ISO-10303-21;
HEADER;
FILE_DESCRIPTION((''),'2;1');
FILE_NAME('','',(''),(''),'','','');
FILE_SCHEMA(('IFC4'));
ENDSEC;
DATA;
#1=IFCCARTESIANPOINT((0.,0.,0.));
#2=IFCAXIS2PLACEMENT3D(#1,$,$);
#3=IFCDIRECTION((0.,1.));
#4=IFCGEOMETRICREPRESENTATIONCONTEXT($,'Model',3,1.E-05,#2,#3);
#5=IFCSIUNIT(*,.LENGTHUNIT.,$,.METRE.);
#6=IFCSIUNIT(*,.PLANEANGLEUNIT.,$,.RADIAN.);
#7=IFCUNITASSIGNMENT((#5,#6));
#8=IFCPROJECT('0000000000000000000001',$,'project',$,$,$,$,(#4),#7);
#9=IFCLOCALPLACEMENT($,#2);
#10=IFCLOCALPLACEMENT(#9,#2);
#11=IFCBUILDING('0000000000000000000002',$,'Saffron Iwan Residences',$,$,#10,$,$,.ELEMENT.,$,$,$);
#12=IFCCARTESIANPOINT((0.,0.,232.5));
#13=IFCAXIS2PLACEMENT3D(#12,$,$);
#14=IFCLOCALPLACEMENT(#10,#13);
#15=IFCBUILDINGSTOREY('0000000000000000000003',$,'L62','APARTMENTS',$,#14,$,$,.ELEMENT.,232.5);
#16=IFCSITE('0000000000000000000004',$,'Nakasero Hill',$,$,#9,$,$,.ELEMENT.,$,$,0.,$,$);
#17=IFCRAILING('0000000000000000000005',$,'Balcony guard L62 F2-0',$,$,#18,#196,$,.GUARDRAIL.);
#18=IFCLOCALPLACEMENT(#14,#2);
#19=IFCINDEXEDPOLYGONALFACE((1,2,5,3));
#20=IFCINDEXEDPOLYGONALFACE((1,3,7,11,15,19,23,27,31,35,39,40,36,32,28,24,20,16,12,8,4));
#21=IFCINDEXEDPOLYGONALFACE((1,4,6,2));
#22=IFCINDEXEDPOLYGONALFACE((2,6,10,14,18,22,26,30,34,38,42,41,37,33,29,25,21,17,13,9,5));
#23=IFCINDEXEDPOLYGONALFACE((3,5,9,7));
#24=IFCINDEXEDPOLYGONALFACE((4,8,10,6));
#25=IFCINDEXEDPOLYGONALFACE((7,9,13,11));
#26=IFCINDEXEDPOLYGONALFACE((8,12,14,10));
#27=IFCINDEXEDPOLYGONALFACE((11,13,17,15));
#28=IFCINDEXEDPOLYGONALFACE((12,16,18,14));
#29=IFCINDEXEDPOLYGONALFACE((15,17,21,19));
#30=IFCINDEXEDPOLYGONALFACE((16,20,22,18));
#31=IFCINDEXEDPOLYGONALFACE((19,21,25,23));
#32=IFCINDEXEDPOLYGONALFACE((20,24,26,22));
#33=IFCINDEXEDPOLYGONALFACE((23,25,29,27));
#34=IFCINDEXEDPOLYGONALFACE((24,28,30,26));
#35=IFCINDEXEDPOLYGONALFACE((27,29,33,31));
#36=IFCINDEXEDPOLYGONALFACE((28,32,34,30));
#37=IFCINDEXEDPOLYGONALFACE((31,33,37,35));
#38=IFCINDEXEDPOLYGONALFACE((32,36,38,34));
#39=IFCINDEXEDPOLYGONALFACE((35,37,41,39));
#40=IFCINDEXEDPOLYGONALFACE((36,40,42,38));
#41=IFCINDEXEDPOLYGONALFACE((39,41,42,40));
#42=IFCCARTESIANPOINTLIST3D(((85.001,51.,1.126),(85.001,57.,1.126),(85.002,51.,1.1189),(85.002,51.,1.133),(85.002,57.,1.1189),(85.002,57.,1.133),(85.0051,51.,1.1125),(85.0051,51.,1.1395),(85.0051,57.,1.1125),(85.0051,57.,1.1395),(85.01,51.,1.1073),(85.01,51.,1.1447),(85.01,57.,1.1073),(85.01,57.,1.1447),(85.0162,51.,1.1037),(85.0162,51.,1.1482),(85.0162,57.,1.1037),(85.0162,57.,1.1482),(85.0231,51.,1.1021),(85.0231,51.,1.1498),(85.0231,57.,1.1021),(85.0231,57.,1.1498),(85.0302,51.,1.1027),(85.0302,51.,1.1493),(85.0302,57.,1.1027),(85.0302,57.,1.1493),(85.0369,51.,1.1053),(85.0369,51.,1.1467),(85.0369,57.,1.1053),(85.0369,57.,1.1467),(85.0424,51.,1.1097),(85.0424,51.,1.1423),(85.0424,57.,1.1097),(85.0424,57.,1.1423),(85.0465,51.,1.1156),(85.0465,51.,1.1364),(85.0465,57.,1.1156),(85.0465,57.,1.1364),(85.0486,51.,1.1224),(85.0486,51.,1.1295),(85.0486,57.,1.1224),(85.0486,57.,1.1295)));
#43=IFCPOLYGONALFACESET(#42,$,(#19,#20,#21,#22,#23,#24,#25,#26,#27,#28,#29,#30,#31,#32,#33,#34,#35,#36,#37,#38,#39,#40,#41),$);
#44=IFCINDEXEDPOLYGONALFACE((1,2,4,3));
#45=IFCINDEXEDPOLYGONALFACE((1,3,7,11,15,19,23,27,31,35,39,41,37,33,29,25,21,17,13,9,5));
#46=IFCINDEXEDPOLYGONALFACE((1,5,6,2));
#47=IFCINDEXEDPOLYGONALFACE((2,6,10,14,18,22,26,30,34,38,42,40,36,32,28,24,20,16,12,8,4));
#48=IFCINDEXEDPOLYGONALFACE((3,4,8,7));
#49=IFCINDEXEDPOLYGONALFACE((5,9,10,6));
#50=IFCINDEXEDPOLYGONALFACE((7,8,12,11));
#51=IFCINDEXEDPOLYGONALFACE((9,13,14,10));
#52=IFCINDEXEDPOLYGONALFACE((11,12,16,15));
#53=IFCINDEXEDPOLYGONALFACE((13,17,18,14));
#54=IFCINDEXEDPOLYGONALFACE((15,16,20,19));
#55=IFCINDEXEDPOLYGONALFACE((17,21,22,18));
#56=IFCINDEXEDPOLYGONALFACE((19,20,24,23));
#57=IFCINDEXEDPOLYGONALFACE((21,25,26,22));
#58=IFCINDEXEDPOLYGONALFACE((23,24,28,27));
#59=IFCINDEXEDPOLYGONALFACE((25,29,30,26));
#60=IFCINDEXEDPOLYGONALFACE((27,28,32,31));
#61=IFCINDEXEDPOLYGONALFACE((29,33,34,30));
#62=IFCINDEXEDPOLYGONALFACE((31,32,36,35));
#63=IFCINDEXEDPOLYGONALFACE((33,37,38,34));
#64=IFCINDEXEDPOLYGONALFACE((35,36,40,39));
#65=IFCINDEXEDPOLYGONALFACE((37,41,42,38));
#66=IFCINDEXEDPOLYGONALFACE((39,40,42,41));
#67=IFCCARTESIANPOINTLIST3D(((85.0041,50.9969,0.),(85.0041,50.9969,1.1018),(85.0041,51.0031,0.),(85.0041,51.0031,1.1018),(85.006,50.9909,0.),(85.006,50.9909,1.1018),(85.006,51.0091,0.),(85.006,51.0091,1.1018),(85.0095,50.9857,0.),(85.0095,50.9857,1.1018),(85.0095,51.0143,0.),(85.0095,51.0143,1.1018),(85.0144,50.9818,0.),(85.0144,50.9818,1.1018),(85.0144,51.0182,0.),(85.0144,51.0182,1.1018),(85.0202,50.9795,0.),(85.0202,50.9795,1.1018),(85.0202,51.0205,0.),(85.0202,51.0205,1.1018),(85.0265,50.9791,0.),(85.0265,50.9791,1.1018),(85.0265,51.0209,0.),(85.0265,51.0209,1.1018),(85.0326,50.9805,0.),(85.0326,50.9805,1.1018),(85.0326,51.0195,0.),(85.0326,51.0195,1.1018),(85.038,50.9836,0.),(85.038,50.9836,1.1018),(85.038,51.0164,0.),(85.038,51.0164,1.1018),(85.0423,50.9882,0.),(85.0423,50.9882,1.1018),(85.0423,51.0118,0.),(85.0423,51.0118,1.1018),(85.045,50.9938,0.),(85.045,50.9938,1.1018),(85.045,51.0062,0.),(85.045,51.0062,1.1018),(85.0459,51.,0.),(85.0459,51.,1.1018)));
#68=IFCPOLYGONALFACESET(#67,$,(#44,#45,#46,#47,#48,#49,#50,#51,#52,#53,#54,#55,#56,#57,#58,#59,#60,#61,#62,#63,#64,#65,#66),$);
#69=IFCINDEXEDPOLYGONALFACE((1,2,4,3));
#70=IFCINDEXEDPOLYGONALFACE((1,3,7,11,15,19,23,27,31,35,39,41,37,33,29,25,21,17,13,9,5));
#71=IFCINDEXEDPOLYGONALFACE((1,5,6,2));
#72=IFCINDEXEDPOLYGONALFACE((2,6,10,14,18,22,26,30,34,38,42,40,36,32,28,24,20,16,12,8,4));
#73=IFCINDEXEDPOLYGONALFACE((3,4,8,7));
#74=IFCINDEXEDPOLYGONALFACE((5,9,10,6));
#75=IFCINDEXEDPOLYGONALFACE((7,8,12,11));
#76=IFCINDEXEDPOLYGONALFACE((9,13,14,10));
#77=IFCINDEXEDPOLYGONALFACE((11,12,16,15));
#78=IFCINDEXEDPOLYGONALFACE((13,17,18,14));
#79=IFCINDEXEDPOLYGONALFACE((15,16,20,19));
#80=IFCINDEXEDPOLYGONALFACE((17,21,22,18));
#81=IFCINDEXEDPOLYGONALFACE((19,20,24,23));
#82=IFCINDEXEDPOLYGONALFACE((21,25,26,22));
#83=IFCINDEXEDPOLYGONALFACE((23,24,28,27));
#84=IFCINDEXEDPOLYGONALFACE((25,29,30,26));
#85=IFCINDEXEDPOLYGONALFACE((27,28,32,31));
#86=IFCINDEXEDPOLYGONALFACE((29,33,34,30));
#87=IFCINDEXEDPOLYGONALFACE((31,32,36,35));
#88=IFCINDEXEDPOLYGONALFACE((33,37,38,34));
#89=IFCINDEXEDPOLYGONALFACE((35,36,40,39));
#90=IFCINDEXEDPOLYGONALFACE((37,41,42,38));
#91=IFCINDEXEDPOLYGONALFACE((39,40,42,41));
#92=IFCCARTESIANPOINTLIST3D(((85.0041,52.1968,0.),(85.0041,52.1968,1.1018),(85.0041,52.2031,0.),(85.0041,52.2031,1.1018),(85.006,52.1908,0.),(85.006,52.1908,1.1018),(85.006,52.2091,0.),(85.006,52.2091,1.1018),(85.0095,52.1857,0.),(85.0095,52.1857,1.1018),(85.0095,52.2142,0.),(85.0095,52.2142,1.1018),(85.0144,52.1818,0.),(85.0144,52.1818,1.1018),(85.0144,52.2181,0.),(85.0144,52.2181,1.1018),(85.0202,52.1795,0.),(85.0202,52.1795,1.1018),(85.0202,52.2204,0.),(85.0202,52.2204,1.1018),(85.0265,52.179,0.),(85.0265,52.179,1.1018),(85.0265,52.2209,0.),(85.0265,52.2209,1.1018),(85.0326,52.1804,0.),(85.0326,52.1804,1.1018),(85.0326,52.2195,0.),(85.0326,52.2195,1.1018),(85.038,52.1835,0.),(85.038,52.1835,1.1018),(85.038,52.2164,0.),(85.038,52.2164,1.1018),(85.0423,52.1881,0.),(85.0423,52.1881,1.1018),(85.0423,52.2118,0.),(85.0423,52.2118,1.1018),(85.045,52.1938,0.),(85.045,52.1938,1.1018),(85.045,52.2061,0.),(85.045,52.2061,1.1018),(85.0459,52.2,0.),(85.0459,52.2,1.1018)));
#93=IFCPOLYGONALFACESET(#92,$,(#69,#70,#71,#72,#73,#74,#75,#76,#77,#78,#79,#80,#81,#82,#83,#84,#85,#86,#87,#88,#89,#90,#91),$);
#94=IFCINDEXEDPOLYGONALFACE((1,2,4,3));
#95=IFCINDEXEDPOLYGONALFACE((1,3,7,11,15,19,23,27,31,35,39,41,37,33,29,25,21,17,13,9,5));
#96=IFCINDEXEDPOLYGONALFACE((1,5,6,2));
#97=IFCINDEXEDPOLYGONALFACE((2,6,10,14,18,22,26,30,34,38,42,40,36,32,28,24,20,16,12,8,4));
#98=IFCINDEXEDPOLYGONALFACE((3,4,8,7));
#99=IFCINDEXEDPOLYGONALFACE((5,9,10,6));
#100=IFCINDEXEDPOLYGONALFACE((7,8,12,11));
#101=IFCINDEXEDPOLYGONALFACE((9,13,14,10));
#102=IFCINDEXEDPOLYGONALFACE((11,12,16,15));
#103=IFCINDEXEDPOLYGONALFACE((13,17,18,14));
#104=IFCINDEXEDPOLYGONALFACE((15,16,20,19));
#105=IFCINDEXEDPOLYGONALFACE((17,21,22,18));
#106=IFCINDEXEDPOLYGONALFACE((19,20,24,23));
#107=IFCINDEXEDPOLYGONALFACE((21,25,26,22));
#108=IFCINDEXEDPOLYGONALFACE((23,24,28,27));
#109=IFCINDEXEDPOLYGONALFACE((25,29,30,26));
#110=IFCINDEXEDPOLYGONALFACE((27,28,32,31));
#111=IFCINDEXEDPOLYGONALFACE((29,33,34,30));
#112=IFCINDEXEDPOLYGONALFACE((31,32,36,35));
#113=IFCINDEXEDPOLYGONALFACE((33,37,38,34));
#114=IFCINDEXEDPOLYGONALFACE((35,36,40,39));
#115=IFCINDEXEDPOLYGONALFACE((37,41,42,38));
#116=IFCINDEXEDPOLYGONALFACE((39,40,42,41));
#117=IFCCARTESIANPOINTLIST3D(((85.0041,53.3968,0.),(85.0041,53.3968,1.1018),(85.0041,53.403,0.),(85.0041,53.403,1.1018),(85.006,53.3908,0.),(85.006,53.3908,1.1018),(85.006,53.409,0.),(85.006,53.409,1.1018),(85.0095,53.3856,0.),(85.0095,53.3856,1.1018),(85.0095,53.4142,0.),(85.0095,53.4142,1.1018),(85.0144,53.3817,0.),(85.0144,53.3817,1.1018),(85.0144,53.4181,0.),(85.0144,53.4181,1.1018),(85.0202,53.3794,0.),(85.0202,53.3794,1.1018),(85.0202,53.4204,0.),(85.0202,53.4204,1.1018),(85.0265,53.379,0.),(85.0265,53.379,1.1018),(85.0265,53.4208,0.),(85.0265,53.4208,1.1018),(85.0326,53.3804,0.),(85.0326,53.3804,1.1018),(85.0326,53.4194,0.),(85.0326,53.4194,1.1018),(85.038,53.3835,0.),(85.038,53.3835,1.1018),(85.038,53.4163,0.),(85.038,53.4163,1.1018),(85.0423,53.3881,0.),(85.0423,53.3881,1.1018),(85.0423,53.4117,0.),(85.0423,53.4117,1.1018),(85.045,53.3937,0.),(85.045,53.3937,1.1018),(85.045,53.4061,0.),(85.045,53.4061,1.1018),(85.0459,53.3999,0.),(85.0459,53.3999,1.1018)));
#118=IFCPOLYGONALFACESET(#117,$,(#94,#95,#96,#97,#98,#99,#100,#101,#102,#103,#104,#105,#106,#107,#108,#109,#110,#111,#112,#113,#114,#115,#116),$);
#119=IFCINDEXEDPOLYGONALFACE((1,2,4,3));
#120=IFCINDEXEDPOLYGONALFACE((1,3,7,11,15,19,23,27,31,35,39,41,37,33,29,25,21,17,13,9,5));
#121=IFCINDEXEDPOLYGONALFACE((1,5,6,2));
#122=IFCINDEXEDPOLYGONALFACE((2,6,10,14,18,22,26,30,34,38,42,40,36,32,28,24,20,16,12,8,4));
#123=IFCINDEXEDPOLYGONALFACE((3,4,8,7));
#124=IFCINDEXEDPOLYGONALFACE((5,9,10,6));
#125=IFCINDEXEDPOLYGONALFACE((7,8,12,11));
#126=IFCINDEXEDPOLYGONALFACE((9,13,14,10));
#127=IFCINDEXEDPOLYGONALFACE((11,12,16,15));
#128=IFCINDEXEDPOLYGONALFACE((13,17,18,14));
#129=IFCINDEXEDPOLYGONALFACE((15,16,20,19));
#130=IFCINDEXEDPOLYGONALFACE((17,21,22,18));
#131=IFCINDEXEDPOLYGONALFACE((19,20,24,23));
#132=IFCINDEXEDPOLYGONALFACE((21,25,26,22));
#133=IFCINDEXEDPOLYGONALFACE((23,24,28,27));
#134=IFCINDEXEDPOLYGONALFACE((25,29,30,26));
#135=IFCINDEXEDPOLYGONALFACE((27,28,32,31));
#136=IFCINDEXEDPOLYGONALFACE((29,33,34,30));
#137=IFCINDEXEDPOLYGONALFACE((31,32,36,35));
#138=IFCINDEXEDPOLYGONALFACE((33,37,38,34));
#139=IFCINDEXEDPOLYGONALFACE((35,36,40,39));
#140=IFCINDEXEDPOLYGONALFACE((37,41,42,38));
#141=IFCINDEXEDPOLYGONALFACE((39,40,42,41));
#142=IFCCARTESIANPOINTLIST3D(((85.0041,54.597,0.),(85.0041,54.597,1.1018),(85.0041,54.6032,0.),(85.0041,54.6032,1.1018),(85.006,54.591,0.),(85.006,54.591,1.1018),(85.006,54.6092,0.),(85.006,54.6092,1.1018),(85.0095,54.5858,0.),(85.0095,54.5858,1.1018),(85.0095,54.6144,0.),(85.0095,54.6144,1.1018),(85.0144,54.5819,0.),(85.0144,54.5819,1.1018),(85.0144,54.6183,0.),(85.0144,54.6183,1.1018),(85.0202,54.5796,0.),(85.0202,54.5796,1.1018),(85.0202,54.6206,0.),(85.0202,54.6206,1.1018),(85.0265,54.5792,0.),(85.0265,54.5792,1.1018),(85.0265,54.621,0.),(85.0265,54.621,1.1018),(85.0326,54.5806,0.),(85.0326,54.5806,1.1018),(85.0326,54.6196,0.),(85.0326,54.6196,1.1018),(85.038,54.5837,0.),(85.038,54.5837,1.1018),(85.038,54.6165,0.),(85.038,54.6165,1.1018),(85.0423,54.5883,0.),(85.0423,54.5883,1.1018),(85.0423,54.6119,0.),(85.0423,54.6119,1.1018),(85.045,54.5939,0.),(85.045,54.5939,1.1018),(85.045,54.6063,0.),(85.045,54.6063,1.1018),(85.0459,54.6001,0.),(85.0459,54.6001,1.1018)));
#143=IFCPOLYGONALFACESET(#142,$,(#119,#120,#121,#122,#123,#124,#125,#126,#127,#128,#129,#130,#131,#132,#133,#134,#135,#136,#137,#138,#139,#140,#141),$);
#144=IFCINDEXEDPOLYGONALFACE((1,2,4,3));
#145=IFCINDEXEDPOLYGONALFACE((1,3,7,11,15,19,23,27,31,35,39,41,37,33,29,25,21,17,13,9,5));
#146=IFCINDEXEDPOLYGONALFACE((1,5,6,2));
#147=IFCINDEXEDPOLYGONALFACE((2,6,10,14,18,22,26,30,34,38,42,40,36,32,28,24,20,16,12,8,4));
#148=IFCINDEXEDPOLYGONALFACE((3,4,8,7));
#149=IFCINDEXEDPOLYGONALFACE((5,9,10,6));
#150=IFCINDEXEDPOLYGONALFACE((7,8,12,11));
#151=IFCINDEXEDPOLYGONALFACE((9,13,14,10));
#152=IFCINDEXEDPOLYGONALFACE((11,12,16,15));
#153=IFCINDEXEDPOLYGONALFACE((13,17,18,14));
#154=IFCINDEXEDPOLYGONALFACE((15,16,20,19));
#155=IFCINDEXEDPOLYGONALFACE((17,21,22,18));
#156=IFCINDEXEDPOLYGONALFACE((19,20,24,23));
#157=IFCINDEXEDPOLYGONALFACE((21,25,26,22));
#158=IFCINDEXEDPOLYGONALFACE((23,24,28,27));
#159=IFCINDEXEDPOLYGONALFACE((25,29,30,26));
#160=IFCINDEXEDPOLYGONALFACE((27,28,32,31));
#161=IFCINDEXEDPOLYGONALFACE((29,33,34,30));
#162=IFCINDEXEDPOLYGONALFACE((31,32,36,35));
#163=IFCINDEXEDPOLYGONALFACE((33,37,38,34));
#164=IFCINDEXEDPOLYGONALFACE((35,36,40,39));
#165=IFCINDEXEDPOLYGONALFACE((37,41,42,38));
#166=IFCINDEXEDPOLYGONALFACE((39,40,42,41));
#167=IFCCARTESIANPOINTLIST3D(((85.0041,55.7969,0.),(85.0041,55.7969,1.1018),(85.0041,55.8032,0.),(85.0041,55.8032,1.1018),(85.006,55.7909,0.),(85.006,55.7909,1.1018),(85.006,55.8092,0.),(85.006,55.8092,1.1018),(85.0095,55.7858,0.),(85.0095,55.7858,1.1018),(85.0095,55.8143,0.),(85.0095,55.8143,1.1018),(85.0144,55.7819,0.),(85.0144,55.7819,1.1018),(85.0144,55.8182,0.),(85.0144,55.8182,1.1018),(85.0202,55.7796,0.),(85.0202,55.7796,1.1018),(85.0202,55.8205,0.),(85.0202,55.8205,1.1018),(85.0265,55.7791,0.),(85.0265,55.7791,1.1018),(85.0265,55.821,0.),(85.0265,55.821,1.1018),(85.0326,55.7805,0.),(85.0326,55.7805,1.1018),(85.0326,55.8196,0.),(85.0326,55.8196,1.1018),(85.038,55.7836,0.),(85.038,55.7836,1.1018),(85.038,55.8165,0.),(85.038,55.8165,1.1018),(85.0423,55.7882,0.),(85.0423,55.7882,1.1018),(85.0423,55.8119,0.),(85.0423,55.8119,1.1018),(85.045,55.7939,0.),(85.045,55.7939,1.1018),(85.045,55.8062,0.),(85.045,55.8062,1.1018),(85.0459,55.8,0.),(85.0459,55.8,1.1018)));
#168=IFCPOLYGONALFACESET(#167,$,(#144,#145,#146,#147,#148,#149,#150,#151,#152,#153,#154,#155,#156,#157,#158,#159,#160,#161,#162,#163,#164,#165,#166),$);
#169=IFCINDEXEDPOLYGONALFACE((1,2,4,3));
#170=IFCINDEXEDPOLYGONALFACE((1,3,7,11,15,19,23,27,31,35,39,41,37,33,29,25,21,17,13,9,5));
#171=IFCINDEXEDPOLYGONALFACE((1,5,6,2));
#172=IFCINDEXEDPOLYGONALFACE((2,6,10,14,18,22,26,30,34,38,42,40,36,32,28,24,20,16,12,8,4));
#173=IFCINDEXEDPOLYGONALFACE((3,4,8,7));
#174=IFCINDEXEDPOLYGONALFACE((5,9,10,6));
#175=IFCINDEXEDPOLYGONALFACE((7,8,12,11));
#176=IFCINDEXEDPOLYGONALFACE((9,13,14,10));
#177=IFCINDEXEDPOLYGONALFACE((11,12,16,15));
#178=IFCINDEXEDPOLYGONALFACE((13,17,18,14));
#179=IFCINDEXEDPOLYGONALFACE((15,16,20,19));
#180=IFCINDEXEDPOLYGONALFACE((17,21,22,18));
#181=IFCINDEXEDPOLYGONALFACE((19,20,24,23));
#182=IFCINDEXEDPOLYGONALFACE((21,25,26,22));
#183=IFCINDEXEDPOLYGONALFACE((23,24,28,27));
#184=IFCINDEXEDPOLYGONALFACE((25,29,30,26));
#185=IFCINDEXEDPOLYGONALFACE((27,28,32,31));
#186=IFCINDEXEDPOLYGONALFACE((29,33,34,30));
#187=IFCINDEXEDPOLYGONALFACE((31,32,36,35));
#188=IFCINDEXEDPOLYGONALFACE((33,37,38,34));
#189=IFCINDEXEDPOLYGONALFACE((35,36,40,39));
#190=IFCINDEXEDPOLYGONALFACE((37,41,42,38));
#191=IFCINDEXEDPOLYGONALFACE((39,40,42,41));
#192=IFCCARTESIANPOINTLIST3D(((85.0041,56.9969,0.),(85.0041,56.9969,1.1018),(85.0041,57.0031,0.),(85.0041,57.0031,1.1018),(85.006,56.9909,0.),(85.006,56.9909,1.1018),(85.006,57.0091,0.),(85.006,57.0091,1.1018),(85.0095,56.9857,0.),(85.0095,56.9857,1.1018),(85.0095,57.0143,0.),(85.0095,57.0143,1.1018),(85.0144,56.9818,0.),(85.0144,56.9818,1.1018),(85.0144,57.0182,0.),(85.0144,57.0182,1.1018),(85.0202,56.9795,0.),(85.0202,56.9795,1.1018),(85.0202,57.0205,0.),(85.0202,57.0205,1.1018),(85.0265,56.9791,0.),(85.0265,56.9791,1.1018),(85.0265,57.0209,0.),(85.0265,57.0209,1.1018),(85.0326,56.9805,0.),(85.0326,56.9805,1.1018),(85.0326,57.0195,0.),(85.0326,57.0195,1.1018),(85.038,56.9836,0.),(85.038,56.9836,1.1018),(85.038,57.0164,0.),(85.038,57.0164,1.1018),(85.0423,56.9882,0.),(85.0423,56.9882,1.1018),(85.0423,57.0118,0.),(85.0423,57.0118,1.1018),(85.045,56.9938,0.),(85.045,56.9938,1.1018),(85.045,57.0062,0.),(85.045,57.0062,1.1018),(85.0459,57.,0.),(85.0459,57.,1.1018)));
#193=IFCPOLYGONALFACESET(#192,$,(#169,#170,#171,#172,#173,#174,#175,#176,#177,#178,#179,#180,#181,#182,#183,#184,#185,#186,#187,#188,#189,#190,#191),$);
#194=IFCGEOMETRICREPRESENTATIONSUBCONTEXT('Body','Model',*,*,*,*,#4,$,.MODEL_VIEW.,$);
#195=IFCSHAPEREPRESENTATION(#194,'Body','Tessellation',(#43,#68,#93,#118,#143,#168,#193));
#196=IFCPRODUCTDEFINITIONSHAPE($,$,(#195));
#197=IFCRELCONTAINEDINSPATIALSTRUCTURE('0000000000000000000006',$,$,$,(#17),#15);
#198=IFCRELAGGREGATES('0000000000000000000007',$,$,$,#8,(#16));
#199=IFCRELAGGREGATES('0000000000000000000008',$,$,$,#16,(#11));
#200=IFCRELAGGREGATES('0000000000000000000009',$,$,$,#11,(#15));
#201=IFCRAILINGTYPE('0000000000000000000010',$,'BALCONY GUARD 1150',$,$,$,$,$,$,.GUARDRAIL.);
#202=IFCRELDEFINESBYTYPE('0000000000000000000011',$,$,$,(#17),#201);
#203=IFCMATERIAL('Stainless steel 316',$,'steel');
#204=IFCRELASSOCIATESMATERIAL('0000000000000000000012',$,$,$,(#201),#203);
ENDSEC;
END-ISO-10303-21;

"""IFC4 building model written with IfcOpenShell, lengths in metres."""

from ifc_helpers import new_model, si_unit, direction, frame, origin, origin_2d, place, context, subcontext, project, spatial, circle, extrude, material, type_object, element, save


model = new_model("IFC4")

# Units and contexts
model_context = context("Model", 3, precision=1e-05, world=origin(), true_north=direction((0.0, 1.0)))
body_context = subcontext(model_context, "Body", "Model", "MODEL_VIEW")
ifc_project = project(units=[si_unit("LENGTHUNIT", "METRE"), si_unit("PLANEANGLEUNIT", "RADIAN")], contexts=[model_context])

# Site, building, storey
site_placement = place(None, origin())
site = spatial("IfcSite", under=ifc_project, at=site_placement, Name="Nakasero Hill", CompositionType="ELEMENT", RefElevation=0.0)
building_placement = place(site_placement, origin())
building = spatial("IfcBuilding", under=site, at=building_placement, Name="Saffron Iwan Residences", CompositionType="ELEMENT")
storey_placement = place(building_placement, frame((0.0, 0.0, 232.5)))
storey = spatial("IfcBuildingStorey", under=building, at=storey_placement, Name="L62", Description="APARTMENTS", CompositionType="ELEMENT", Elevation=232.5)

# Railing
ifc_material_1 = material(Name="Stainless steel 316", Category="steel")
railing_type = type_object("IfcRailingType", Name="BALCONY GUARD 1150", PredefinedType="GUARDRAIL", material=ifc_material_1)
railing_placement = place(storey_placement, frame((85.0249, 51.0, 0.0)))
element("IfcRailing", 1, at=railing_placement, inside=storey, type_object=railing_type, Name="Balcony guard L62 F2-0", PredefinedType="GUARDRAIL", context=body_context, shape_type="SweptSolid", body=[
    extrude(circle(Radius=0.0239, at=origin_2d()), frame((0.0, 0.0, 1.126), z_axis=(0.0, 1.0, 0.0), x_axis=(-1.0, 0.0, 0.0)), (0.0, 0.0, 1.0), 6.0),
    extrude(circle(Radius=0.021, at=origin_2d()), origin(), (0.0, 0.0, 1.0), 1.1018),
    extrude(circle(Radius=0.021, at=origin_2d()), frame((0.0, 1.2, 0.0)), (0.0, 0.0, 1.0), 1.1018),
    extrude(circle(Radius=0.021, at=origin_2d()), frame((0.0, 2.3999, 0.0)), (0.0, 0.0, 1.0), 1.1018),
    extrude(circle(Radius=0.021, at=origin_2d()), frame((0.0, 3.6001, 0.0)), (0.0, 0.0, 1.0), 1.1018),
    extrude(circle(Radius=0.021, at=origin_2d()), frame((0.0, 4.8, 0.0)), (0.0, 0.0, 1.0), 1.1018),
    extrude(circle(Radius=0.021, at=origin_2d()), frame((0.0, 6.0, 0.0)), (0.0, 0.0, 1.0), 1.1018),
])

save(model, "model.ifc")
